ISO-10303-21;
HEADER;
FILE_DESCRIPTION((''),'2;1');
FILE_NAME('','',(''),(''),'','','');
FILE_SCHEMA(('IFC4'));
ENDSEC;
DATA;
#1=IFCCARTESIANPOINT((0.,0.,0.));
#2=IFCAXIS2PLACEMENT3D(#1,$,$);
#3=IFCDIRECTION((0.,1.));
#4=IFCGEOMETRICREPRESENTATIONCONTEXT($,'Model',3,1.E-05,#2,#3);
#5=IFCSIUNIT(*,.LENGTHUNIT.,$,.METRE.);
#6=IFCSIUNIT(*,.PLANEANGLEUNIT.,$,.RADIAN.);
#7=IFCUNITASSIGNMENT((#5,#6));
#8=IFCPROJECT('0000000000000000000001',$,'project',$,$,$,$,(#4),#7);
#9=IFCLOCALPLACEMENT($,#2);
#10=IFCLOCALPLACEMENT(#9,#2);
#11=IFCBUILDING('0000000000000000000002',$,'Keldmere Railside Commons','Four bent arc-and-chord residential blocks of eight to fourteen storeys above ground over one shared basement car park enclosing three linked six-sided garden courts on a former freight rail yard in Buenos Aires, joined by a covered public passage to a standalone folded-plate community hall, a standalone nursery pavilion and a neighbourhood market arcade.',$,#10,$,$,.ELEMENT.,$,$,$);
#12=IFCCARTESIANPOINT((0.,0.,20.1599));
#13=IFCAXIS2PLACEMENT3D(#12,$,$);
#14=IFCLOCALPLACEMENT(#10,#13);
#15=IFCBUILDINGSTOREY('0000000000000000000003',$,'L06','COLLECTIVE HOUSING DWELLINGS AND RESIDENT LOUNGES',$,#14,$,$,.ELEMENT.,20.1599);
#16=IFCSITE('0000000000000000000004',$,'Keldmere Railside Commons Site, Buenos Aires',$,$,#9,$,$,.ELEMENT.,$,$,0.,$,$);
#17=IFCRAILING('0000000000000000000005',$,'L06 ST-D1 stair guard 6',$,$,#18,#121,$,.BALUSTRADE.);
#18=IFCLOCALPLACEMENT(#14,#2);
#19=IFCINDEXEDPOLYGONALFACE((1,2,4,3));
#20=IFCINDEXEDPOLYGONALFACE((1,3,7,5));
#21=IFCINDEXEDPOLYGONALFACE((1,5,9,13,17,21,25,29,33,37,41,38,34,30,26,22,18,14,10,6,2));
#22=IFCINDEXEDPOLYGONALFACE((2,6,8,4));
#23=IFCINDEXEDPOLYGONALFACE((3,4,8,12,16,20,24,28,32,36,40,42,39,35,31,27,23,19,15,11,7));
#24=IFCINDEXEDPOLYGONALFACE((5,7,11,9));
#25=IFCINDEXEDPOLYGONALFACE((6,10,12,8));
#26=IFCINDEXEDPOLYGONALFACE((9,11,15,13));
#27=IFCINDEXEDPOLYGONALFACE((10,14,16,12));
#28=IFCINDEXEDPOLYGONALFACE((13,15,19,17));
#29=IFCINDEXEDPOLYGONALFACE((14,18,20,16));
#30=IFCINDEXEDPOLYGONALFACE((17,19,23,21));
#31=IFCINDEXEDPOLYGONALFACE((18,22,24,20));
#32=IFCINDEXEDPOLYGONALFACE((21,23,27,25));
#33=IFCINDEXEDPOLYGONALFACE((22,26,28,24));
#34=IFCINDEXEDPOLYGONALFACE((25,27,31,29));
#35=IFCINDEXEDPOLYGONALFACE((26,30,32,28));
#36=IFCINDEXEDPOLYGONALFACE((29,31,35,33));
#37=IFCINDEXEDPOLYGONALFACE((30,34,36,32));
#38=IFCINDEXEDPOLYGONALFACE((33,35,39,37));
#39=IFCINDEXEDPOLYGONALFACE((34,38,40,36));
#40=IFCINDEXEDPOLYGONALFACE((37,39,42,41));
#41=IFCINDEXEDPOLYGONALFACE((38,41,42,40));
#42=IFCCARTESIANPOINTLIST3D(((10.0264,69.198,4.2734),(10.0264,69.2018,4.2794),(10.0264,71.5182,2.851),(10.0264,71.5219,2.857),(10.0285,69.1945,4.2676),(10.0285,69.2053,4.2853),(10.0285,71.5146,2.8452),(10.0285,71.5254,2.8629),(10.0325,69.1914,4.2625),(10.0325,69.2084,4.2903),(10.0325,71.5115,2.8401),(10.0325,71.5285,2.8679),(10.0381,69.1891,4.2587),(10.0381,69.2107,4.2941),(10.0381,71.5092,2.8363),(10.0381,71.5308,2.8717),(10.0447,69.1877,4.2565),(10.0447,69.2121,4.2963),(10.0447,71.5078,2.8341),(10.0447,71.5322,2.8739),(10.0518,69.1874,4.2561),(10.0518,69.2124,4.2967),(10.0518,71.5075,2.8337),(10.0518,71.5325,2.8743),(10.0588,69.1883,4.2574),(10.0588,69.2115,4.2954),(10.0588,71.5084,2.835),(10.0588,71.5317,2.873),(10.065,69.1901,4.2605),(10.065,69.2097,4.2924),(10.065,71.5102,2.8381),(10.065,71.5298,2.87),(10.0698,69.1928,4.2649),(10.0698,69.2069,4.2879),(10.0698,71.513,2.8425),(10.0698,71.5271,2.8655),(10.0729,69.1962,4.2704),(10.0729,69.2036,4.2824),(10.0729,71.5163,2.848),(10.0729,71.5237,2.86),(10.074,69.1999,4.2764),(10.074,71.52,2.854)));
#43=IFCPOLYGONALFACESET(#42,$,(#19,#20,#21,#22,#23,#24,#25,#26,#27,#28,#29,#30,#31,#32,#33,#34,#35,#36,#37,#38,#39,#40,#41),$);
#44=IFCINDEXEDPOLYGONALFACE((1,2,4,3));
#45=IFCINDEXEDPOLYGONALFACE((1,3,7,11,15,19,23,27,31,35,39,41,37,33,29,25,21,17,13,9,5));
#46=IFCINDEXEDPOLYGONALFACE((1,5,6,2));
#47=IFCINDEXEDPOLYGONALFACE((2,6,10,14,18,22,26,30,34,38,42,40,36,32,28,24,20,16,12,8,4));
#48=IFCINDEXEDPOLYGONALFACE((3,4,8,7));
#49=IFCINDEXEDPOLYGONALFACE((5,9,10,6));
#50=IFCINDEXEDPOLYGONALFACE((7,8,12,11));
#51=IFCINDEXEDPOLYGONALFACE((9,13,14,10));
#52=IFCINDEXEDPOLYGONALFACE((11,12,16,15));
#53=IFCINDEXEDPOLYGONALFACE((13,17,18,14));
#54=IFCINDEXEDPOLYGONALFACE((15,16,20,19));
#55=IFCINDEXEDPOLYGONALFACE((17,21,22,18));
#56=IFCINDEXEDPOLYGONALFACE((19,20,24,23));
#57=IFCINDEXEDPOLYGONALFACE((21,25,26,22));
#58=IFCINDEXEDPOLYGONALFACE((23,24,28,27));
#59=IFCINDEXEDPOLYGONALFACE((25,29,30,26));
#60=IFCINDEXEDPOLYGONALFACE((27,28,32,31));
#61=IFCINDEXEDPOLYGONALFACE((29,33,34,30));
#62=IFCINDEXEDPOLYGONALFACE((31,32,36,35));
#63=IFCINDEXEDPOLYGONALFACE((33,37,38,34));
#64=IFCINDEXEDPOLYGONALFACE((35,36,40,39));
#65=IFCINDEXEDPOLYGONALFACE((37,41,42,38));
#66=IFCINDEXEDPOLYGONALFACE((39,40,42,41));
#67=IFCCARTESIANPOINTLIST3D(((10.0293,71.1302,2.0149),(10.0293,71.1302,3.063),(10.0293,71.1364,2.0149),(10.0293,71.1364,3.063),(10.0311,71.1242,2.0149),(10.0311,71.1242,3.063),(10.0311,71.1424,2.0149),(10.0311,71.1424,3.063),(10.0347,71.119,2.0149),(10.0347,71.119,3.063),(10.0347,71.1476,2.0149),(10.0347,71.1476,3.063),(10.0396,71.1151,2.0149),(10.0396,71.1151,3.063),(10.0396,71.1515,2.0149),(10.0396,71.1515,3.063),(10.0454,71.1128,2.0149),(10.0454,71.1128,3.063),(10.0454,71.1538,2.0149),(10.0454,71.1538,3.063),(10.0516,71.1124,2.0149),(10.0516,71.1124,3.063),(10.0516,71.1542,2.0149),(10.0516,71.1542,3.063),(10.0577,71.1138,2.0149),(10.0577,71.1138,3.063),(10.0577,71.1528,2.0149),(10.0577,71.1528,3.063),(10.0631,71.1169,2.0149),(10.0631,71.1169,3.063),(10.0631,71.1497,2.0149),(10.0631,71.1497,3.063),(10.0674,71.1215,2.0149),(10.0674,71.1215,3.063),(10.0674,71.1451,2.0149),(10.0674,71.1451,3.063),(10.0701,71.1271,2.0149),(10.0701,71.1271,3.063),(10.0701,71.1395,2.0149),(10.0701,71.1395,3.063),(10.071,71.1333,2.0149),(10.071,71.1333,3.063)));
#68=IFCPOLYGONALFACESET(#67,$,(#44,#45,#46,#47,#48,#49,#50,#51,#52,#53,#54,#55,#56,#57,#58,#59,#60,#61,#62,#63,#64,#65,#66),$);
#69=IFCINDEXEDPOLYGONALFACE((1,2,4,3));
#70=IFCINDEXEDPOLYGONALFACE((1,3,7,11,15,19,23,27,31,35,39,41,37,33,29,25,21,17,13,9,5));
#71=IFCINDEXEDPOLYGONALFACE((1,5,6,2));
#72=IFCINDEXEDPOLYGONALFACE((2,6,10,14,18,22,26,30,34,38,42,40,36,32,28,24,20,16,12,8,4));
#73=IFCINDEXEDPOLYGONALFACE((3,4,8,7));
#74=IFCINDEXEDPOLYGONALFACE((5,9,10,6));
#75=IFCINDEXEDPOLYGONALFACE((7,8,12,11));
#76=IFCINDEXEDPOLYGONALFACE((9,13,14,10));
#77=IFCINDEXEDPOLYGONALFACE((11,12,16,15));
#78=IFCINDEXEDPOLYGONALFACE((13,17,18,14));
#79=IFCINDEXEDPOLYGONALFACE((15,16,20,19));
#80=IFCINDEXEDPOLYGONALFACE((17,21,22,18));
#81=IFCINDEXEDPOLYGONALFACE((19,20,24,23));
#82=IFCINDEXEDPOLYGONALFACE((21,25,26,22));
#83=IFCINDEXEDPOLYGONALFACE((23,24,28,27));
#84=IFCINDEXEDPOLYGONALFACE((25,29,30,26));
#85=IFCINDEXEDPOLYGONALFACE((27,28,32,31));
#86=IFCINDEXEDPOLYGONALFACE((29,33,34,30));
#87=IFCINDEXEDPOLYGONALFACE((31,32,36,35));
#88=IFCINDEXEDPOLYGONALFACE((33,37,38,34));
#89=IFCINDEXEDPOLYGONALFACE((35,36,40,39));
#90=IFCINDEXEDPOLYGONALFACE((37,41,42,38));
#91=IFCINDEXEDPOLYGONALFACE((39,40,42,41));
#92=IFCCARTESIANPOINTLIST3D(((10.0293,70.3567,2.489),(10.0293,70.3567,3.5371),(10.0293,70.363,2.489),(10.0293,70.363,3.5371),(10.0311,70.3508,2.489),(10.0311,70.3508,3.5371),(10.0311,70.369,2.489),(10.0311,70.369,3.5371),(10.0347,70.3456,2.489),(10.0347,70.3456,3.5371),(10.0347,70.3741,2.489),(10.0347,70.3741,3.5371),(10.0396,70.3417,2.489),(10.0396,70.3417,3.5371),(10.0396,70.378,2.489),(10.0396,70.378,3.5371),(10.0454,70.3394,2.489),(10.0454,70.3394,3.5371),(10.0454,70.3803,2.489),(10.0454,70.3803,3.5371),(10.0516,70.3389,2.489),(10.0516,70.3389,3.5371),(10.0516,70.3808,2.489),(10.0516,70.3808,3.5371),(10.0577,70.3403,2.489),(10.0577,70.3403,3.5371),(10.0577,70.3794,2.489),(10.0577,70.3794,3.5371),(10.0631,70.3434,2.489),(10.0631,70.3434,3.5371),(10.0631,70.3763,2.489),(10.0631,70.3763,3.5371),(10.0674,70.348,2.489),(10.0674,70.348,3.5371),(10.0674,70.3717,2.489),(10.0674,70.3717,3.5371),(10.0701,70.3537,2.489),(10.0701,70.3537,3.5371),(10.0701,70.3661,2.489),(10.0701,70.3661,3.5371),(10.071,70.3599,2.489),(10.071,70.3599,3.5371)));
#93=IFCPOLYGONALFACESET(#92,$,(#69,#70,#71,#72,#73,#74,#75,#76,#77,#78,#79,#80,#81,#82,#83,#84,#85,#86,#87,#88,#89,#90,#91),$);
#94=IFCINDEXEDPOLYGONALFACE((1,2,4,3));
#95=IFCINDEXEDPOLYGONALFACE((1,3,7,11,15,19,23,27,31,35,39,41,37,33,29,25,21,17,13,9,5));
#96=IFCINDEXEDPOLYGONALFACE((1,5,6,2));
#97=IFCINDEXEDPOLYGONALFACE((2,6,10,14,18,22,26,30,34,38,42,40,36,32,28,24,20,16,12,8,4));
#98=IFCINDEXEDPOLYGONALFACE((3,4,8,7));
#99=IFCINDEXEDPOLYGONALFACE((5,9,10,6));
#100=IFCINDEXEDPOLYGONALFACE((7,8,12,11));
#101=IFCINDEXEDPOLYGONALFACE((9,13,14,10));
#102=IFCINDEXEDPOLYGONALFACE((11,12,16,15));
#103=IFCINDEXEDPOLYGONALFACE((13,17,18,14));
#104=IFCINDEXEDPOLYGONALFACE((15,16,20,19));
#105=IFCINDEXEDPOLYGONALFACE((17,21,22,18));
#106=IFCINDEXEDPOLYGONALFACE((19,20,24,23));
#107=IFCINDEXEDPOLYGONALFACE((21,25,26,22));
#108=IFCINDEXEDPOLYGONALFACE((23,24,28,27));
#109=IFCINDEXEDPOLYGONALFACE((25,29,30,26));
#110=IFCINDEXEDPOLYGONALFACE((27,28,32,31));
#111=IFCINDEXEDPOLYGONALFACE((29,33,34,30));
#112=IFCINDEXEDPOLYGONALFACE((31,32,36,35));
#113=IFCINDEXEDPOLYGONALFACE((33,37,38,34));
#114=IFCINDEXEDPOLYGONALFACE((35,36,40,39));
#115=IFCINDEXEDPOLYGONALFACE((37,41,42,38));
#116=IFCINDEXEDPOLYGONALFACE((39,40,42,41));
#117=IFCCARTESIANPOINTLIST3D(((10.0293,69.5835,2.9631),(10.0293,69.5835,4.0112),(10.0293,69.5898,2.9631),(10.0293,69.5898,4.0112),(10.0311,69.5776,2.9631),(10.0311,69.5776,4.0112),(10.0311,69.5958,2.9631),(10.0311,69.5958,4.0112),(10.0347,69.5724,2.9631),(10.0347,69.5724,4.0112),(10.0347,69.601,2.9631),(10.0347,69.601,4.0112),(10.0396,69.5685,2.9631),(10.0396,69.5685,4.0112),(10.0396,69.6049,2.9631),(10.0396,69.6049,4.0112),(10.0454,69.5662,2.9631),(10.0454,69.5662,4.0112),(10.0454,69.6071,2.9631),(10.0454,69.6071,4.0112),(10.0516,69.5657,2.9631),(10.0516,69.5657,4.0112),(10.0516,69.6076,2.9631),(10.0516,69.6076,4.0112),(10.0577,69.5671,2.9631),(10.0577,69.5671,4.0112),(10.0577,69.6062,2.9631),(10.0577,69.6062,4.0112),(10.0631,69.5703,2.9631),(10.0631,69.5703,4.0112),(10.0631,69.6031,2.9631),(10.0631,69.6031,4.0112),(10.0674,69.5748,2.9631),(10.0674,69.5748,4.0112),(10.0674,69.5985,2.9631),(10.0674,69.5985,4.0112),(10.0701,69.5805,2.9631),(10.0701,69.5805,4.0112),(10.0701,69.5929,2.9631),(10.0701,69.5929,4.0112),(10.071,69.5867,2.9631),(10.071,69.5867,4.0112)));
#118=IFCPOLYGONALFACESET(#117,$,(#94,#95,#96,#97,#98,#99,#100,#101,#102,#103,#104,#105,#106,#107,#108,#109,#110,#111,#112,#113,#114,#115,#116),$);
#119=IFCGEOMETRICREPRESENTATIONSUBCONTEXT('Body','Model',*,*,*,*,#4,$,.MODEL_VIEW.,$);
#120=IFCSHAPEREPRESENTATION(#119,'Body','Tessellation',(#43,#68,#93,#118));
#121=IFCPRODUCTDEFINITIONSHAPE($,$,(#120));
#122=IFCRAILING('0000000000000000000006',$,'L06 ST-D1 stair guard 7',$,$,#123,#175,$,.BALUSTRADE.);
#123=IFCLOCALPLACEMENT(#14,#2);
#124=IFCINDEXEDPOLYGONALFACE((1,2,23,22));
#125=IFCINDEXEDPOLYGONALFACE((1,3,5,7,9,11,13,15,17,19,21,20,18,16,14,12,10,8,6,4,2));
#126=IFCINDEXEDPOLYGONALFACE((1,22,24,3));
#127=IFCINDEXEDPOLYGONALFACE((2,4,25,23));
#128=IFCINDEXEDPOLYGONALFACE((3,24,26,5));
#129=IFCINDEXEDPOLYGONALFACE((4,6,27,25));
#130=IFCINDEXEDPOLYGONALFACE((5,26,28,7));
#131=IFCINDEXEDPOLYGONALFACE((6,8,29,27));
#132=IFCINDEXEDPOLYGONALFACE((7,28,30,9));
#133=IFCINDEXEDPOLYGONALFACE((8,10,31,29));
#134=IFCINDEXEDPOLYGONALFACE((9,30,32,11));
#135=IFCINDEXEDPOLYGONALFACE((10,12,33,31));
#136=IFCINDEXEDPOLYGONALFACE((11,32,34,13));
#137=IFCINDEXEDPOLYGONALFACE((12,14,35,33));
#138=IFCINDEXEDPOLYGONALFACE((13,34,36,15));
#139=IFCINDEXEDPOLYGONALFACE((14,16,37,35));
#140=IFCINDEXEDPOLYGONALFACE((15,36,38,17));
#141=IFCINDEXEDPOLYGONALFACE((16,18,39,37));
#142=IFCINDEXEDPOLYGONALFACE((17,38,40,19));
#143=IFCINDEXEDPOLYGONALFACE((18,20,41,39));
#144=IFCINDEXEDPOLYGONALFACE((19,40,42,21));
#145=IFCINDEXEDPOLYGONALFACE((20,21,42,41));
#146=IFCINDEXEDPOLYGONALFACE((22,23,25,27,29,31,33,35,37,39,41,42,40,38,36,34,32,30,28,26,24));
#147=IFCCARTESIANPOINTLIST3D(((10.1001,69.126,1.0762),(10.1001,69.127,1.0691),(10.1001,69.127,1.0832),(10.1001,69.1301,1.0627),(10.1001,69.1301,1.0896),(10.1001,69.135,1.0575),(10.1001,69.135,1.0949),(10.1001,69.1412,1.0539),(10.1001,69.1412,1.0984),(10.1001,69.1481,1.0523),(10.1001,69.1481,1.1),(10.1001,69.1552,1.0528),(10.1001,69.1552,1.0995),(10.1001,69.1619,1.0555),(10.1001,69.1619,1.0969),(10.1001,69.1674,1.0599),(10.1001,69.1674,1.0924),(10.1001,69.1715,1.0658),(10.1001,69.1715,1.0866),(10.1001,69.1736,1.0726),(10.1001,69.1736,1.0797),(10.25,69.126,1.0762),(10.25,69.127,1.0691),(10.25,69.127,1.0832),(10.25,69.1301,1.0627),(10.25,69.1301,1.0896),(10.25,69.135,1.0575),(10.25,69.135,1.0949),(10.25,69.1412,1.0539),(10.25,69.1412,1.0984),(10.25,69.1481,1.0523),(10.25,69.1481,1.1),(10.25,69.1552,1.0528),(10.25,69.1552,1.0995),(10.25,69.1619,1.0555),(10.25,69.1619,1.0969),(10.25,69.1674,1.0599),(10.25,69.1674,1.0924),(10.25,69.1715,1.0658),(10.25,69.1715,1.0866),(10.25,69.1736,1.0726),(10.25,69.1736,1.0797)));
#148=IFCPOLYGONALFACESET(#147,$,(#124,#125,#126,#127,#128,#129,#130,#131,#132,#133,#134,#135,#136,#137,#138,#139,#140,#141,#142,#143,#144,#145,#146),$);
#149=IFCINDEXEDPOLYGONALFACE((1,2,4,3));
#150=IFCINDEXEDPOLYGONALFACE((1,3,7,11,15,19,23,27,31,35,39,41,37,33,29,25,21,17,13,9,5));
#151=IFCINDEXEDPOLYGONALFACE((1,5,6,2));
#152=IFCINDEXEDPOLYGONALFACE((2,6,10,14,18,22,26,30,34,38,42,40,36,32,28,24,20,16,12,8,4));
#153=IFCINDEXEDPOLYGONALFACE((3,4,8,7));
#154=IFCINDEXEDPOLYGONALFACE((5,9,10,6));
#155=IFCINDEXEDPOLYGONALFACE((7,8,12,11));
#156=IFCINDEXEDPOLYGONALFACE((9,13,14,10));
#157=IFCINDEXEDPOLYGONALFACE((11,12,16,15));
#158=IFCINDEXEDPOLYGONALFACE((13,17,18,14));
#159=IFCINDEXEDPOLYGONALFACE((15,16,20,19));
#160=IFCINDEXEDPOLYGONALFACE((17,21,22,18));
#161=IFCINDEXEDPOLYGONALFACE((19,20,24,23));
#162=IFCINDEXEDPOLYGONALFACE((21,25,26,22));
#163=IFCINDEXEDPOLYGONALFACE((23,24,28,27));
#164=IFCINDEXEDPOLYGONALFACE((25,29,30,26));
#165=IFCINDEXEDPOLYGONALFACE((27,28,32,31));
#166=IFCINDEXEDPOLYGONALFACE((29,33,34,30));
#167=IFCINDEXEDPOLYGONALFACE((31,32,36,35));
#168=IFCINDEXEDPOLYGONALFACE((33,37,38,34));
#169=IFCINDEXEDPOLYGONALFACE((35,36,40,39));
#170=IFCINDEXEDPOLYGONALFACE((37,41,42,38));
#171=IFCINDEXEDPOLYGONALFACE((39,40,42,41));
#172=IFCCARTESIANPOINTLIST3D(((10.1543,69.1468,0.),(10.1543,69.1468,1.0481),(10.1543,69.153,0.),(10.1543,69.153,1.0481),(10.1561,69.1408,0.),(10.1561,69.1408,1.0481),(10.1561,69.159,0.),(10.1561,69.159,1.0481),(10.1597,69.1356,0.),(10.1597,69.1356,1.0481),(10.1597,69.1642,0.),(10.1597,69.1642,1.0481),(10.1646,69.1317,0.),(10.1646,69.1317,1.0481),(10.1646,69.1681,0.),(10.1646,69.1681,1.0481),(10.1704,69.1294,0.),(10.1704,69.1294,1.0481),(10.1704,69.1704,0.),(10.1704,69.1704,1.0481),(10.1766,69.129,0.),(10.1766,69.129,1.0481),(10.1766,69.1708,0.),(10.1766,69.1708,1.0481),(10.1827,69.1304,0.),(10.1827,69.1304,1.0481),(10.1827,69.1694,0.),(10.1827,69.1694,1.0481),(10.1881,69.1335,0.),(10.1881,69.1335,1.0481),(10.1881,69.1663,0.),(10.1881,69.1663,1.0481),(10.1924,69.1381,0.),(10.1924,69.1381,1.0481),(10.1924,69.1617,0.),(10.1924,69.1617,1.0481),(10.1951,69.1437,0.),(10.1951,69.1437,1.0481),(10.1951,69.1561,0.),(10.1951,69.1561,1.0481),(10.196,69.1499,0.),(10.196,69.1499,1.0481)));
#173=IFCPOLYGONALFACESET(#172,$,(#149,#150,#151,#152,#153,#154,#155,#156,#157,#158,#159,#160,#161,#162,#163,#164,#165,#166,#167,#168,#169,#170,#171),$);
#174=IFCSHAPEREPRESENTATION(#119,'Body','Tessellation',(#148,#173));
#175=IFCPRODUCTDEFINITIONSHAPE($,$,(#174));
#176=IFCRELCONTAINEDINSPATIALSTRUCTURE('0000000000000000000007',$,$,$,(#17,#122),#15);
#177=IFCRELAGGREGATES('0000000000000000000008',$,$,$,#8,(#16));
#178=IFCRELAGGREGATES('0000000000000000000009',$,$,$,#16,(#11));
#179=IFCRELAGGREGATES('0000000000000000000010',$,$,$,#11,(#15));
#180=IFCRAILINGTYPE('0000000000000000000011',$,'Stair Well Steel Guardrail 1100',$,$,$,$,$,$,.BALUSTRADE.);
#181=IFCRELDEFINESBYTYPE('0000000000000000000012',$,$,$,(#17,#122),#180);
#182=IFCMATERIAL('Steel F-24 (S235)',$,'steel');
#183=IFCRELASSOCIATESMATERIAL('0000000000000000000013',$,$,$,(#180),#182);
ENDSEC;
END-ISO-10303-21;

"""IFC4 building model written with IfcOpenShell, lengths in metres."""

from ifc_helpers import new_model, si_unit, direction, frame, origin, origin_2d, place, context, subcontext, project, spatial, circle, extrude, material, type_object, element, save


model = new_model("IFC4")

# Units and contexts
model_context = context("Model", 3, precision=1e-05, world=origin(), true_north=direction((0.0, 1.0)))
body_context = subcontext(model_context, "Body", "Model", "MODEL_VIEW")
ifc_project = project(units=[si_unit("LENGTHUNIT", "METRE"), si_unit("PLANEANGLEUNIT", "RADIAN")], contexts=[model_context])

# Site, building, storey
site_placement = place(None, origin())
site = spatial("IfcSite", under=ifc_project, at=site_placement, Name="Keldmere Railside Commons Site, Buenos Aires", CompositionType="ELEMENT", RefElevation=0.0)
building_placement = place(site_placement, origin())
building = spatial("IfcBuilding", under=site, at=building_placement, Name="Keldmere Railside Commons", Description="Four bent arc-and-chord residential blocks of eight to fourteen storeys above ground over one shared basement car park enclosing three linked six-sided garden courts on a former freight rail yard in Buenos Aires, joined by a covered public passage to a standalone folded-plate community hall, a standalone nursery pavilion and a neighbourhood market arcade.", CompositionType="ELEMENT")
storey_placement = place(building_placement, frame((0.0, 0.0, 20.1599)))
storey = spatial("IfcBuildingStorey", under=building, at=storey_placement, Name="L06", Description="COLLECTIVE HOUSING DWELLINGS AND RESIDENT LOUNGES", CompositionType="ELEMENT", Elevation=20.1599)

# Shared definitions
ifc_material_1 = material(Name="Steel F-24 (S235)", Category="steel")

# Railings
railing_type_1 = type_object("IfcRailingType", Name="Stair Well Steel Guardrail 1100", PredefinedType="BALUSTRADE", material=ifc_material_1)
railing_1_placement = place(storey_placement, frame((10.05, 71.52, 1.7778)))
element("IfcRailing", 1, at=railing_1_placement, inside=storey, type_object=railing_type_1, Name="L06 ST-D1 stair guard 6", PredefinedType="BALUSTRADE", context=body_context, shape_type="SweptSolid", body=[
    extrude(circle(Radius=0.0239, at=origin_2d()), frame((0.0, 0.0, 1.0762), z_axis=(0.0, -0.852538, 0.522665), x_axis=(1.0, 0.0, 0.0)), (0.0, 0.0, 1.0), 2.7214),
    extrude(circle(Radius=0.021, at=origin_2d()), frame((0.0, -0.3867, 0.2371)), (0.0, 0.0, 1.0), 1.0481),
    extrude(circle(Radius=0.021, at=origin_2d()), frame((0.0, -1.1602, 0.7112)), (0.0, 0.0, 1.0), 1.0481),
    extrude(circle(Radius=0.021, at=origin_2d()), frame((0.0, -1.9333, 1.1853)), (0.0, 0.0, 1.0), 1.0481),
])
railing_2_placement = place(storey_placement, frame((10.25, 69.1499, 0.0)))
element("IfcRailing", 2, at=railing_2_placement, inside=storey, type_object=railing_type_1, Name="L06 ST-D1 stair guard 7", PredefinedType="BALUSTRADE", context=body_context, shape_type="SweptSolid", body=[
    extrude(circle(Radius=0.0239, at=origin_2d()), frame((0.0, 0.0, 1.0762), z_axis=(-1.0, 0.0, 0.0), x_axis=(0.0, -1.0, 0.0)), (0.0, 0.0, 1.0), 0.1499),
    extrude(circle(Radius=0.021, at=origin_2d()), frame((-0.075, 0.0, 0.0)), (0.0, 0.0, 1.0), 1.0481),
])

save(model, "model.ifc")
